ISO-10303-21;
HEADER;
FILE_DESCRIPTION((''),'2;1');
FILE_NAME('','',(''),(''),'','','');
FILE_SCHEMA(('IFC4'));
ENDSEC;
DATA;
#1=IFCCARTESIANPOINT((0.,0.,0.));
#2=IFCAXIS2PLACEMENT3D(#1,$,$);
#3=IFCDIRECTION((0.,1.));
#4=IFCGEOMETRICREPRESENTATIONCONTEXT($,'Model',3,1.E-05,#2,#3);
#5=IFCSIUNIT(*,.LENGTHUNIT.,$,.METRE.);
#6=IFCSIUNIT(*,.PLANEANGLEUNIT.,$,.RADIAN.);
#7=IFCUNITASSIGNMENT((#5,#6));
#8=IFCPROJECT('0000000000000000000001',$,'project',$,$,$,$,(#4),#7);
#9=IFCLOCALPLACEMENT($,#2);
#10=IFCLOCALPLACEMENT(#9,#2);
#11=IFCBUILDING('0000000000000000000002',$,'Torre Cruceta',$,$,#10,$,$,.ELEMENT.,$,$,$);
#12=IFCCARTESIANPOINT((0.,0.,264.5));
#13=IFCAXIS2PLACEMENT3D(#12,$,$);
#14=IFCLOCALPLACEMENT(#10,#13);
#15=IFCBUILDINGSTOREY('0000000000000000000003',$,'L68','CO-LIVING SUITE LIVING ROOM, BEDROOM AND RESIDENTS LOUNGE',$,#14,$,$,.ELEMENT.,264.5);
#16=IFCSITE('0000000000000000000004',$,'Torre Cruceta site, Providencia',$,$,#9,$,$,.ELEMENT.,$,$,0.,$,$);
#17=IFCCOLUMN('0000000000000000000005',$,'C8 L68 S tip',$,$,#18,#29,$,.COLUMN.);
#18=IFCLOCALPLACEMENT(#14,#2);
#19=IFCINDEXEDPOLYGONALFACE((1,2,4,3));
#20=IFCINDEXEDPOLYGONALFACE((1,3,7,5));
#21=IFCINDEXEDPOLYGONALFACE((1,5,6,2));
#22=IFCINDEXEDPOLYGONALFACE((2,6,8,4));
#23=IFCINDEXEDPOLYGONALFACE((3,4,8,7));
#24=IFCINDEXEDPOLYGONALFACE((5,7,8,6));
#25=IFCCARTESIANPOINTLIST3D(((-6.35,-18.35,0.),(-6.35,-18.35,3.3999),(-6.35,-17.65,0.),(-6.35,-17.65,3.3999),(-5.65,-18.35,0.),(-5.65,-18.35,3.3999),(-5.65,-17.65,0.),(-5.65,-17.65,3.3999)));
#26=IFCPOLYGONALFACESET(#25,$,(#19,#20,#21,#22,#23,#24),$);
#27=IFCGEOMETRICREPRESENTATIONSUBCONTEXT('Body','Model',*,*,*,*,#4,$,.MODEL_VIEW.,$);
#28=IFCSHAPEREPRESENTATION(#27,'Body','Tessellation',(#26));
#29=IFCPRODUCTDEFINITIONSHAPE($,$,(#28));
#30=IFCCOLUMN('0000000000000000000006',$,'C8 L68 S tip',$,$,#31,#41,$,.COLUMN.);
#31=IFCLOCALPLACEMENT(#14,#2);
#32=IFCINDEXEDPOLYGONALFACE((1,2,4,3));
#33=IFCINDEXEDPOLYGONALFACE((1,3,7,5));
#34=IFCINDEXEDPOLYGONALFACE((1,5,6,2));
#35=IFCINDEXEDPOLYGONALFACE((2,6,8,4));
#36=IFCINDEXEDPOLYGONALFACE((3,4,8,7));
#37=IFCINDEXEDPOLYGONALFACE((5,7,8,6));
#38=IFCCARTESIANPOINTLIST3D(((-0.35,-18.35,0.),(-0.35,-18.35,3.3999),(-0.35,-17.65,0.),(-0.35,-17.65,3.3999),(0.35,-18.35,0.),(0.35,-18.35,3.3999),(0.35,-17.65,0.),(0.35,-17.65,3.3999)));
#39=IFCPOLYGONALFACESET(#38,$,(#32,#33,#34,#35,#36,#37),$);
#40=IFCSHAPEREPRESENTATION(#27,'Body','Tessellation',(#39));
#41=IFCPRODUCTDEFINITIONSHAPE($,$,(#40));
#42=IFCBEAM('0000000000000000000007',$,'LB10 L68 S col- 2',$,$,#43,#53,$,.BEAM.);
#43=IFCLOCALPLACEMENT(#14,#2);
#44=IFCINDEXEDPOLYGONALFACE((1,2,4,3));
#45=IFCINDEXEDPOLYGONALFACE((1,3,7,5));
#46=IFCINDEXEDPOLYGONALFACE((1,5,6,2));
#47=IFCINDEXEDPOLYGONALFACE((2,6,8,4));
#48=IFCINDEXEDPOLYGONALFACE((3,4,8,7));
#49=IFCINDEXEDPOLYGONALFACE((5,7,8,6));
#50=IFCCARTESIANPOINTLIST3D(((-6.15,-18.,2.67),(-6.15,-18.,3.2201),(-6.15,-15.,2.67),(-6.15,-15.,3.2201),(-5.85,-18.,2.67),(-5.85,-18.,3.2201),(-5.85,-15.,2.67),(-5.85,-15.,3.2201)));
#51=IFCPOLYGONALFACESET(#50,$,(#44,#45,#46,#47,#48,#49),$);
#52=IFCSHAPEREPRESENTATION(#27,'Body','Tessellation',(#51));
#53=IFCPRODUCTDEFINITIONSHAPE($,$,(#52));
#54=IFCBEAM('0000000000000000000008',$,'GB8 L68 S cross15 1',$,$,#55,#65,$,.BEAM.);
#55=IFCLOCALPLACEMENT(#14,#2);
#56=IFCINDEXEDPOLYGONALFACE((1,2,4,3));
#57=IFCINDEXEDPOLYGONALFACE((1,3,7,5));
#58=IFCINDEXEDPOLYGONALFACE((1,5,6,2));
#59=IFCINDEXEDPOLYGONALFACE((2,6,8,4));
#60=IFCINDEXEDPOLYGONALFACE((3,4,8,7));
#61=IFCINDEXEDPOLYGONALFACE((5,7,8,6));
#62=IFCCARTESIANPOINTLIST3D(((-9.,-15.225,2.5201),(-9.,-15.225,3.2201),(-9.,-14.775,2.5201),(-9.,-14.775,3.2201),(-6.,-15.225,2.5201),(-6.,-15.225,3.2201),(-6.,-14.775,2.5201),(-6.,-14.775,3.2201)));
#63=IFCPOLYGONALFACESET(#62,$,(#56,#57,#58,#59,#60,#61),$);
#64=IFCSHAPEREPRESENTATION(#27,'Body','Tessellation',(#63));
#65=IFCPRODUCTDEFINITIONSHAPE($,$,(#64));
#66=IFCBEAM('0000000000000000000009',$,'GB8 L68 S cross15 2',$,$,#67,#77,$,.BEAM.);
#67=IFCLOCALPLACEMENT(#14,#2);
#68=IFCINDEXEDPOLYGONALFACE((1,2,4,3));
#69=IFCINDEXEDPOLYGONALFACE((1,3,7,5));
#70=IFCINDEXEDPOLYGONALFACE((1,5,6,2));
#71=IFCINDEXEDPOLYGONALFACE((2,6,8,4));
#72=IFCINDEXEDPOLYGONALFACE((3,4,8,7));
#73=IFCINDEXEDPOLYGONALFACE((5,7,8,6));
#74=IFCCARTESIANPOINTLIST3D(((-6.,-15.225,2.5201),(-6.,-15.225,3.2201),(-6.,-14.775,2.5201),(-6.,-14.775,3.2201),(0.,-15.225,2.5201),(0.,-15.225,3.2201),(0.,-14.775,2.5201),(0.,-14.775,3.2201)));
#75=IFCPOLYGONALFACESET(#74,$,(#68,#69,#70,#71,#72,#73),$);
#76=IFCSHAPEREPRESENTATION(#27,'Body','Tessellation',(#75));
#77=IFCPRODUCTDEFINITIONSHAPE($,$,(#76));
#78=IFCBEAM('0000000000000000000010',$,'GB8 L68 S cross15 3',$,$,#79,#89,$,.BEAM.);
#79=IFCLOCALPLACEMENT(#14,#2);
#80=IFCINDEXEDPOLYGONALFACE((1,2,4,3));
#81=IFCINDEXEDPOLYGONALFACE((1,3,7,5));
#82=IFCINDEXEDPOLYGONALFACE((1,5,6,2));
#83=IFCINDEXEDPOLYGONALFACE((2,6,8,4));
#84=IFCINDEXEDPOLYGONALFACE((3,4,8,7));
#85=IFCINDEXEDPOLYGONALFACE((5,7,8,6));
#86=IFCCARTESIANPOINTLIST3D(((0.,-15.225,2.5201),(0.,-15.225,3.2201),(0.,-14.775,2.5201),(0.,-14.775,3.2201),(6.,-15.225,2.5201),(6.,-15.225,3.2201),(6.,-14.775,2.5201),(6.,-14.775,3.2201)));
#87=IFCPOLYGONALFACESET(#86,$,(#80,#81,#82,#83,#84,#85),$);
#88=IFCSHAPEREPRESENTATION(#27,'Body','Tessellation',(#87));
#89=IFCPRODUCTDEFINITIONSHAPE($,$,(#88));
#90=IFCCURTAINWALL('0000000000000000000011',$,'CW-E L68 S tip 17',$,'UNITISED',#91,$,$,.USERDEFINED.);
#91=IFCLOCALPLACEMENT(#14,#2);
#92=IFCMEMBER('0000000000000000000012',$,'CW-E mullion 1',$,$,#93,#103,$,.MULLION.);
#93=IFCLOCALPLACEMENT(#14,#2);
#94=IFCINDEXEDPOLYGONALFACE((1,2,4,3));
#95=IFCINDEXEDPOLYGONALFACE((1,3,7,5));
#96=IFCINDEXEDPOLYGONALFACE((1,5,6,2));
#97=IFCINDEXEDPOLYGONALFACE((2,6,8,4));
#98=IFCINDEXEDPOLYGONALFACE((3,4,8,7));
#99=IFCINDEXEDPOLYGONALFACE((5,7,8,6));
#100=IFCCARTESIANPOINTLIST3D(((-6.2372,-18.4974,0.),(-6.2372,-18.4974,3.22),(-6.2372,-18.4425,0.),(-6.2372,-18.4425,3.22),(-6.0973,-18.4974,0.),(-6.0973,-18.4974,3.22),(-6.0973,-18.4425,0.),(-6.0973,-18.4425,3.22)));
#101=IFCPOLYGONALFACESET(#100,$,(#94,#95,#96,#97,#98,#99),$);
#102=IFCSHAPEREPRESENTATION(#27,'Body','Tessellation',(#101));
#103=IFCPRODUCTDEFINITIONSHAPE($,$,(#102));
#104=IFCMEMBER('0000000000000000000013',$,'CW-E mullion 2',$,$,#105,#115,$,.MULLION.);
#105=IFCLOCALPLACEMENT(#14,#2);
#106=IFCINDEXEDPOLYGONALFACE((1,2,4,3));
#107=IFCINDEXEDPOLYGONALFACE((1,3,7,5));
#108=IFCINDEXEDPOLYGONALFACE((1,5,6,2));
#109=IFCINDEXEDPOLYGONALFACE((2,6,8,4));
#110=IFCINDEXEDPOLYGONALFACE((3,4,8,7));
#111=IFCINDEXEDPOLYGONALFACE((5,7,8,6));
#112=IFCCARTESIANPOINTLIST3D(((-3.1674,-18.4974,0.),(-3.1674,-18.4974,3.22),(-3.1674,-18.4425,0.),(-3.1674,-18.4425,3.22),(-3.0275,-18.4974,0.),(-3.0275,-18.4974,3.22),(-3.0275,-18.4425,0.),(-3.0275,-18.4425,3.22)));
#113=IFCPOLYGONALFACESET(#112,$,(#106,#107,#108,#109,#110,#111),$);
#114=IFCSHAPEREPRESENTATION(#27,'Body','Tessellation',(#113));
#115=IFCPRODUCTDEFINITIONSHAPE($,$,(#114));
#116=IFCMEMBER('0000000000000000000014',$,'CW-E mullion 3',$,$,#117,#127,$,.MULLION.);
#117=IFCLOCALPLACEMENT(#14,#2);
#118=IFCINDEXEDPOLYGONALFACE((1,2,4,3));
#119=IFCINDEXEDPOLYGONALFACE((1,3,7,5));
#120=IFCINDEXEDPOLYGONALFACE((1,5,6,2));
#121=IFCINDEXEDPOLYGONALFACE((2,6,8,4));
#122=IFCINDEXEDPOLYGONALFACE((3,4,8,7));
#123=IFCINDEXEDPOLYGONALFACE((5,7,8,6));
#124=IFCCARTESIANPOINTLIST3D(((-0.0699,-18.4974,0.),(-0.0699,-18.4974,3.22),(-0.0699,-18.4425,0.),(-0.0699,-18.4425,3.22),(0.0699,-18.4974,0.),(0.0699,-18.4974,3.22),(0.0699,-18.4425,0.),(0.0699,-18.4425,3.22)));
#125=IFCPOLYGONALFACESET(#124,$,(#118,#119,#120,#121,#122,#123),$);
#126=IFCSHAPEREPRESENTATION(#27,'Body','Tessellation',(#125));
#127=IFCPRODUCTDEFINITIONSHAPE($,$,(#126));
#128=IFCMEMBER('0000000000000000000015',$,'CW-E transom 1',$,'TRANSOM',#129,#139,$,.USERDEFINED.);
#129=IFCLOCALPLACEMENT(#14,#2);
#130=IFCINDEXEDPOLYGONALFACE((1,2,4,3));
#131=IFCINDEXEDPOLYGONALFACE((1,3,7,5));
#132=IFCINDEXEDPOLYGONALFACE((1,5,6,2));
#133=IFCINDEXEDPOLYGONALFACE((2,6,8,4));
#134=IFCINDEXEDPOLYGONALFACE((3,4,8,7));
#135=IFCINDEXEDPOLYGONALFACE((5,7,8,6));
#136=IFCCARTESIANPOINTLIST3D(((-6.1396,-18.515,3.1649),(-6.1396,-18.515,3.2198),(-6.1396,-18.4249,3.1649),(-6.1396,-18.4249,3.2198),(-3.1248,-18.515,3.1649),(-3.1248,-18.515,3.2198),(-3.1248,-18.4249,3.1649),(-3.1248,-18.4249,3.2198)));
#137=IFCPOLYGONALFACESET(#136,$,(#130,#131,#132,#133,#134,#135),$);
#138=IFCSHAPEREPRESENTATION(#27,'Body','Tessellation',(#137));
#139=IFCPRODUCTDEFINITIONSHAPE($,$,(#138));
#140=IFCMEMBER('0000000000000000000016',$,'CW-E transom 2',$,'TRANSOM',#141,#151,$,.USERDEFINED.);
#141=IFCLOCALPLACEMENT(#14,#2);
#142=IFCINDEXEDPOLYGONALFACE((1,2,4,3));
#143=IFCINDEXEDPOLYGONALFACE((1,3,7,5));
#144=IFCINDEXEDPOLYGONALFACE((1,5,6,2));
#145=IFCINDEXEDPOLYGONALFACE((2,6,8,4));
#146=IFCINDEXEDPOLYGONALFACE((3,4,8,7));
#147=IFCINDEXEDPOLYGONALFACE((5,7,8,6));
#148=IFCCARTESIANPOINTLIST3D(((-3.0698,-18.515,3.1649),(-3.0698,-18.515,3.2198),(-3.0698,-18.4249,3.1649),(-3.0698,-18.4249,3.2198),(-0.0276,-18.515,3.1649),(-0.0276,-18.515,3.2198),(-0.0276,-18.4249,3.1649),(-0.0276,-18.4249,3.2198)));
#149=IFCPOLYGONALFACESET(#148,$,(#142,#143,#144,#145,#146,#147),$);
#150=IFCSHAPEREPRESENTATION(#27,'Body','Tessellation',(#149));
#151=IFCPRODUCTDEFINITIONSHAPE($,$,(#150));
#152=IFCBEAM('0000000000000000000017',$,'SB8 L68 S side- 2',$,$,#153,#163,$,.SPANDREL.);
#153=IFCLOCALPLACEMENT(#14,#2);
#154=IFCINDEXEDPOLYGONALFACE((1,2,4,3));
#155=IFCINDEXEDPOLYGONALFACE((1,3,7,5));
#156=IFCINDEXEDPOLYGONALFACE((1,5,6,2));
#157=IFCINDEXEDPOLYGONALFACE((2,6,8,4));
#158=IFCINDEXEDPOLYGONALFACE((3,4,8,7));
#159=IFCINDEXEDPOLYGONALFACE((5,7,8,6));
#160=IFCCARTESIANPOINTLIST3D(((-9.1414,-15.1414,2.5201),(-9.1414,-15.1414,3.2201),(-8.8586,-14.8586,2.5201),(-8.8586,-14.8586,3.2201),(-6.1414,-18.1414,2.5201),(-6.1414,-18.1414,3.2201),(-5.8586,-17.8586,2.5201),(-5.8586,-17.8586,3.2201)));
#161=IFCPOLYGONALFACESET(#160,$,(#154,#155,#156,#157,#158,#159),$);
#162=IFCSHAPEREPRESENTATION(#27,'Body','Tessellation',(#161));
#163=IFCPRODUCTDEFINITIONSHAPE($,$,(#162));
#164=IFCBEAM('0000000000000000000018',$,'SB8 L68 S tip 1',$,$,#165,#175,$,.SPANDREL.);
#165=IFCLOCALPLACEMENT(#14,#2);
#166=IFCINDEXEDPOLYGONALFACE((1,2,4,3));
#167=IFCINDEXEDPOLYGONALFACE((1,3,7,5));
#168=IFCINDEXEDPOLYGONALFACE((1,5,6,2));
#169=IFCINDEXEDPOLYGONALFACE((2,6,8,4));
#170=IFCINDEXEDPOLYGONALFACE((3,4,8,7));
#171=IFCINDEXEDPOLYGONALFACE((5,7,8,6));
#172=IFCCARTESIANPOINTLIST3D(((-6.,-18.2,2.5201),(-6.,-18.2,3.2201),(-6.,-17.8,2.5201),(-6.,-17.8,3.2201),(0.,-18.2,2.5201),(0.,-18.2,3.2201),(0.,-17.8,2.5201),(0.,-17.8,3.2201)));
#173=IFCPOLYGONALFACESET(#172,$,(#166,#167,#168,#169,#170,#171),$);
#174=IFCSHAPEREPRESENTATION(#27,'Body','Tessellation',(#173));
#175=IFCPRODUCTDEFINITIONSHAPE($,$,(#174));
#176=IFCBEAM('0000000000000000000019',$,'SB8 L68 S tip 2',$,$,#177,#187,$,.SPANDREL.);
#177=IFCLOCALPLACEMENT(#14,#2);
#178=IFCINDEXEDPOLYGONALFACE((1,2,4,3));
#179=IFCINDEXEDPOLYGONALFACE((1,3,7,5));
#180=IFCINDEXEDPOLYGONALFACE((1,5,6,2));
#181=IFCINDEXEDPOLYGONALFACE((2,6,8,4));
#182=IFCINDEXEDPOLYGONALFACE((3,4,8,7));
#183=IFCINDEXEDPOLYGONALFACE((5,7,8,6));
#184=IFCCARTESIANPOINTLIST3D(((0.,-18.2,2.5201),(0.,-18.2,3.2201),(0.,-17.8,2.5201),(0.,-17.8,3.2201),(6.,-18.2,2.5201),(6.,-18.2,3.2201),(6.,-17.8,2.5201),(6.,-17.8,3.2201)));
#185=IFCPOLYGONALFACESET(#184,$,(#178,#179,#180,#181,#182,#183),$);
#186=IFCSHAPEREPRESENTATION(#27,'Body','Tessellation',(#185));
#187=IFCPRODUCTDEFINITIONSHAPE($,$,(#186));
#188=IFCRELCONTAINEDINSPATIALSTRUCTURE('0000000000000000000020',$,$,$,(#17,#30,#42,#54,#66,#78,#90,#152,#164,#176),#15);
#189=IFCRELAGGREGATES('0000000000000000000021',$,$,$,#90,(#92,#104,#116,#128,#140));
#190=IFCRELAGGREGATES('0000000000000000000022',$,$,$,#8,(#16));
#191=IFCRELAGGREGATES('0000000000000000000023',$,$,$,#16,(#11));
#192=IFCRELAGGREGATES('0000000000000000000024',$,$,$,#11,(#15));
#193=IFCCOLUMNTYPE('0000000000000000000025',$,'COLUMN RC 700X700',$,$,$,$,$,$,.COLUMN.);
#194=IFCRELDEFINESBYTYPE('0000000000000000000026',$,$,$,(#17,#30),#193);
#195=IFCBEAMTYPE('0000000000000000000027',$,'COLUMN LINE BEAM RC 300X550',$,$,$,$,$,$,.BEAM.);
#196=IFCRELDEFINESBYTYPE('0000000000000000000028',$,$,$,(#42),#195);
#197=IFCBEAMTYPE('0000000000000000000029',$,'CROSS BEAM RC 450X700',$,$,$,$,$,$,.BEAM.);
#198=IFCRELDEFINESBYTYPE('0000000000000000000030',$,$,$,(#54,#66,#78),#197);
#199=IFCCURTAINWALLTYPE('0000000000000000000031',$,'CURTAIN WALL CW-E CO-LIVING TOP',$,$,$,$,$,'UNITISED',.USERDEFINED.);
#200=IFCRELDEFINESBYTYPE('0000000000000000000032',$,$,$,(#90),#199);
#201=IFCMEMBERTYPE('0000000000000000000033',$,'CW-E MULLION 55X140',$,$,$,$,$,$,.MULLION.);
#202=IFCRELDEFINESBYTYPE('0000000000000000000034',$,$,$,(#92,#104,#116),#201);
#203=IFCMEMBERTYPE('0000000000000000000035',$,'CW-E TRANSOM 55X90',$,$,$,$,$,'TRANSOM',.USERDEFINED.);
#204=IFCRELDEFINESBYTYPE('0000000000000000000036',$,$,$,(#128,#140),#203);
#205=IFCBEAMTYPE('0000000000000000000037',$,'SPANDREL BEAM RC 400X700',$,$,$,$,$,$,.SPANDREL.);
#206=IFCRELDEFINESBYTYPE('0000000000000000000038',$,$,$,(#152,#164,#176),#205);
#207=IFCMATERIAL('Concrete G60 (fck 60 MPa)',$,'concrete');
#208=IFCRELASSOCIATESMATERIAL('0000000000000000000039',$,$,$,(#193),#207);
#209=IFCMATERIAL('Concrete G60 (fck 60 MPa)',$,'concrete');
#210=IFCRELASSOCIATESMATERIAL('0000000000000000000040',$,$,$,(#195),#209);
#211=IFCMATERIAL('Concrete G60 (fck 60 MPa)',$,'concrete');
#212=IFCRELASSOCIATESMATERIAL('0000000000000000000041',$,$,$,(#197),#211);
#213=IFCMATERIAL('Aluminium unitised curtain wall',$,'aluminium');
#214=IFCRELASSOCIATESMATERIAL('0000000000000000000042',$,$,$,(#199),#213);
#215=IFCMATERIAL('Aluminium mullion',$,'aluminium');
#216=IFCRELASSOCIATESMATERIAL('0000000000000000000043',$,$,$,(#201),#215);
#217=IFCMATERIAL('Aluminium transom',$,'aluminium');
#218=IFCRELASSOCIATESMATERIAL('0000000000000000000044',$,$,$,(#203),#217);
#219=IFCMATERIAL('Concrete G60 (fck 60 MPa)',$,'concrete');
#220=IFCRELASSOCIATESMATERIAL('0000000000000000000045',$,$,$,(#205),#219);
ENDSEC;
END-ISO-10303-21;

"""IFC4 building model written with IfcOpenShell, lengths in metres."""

from ifc_helpers import new_model, si_unit, direction, frame, origin, origin_2d, place, context, subcontext, project, spatial, rectangle, extrude, material, material_profile, profile_set, type_object, element, aggregate, save


model = new_model("IFC4")

# Units and contexts
model_context = context("Model", 3, precision=1e-05, world=origin(), true_north=direction((0.0, 1.0)))
body_context = subcontext(model_context, "Body", "Model", "MODEL_VIEW")
ifc_project = project(units=[si_unit("LENGTHUNIT", "METRE"), si_unit("PLANEANGLEUNIT", "RADIAN")], contexts=[model_context])

# Site, building, storey
site_placement = place(None, origin())
site = spatial("IfcSite", under=ifc_project, at=site_placement, Name="Torre Cruceta site, Providencia", CompositionType="ELEMENT", RefElevation=0.0)
building_placement = place(site_placement, origin())
building = spatial("IfcBuilding", under=site, at=building_placement, Name="Torre Cruceta", CompositionType="ELEMENT")
storey_placement = place(building_placement, frame((0.0, 0.0, 264.5)))
storey = spatial("IfcBuildingStorey", under=building, at=storey_placement, Name="L68", Description="CO-LIVING SUITE LIVING ROOM, BEDROOM AND RESIDENTS LOUNGE", CompositionType="ELEMENT", Elevation=264.5)

# Columns
ifc_material_1 = material(Name="Concrete G60 (fck 60 MPa)", Category="concrete")
ifc_material_profile_1 = material_profile(ifc_material_1, rectangle(XDim=0.7, YDim=0.7, at=origin_2d()), Name="RC 700X700")
ifc_profile_set_1 = profile_set([ifc_material_profile_1], Name="Concrete G60 (fck 60 MPa)")
column_type = type_object("IfcColumnType", Name="COLUMN RC 700X700", PredefinedType="COLUMN", material=ifc_profile_set_1)
for number, where, z_axis, x_axis, name in (
    (1, (-6.0, -18.0, 0.0), (0.0, 0.0, 1.0), (1.0, 0.0, 0.0), "C8 L68 S tip"),
    (2, (0.0, -18.0, 0.0), (0.0, 0.0, 1.0), (1.0, 0.0, 0.0), "C8 L68 S tip"),
):
    element("IfcColumn", number, at=place(storey_placement, frame(where, z_axis=z_axis, x_axis=x_axis)), inside=storey, type_object=column_type, Name=name, PredefinedType="COLUMN", context=body_context, shape_type="SweptSolid", body=[
        extrude(rectangle(XDim=0.7, YDim=0.7, at=origin_2d()), origin(), (0.0, 0.0, 1.0), 3.3999),
    ])

# Beams
ifc_material_2 = material(Name="Concrete G60 (fck 60 MPa)", Category="concrete")
ifc_material_profile_2 = material_profile(ifc_material_2, rectangle(XDim=0.3, YDim=0.55, at=origin_2d()), Name="RC 300X550")
ifc_profile_set_2 = profile_set([ifc_material_profile_2], Name="Concrete G60 (fck 60 MPa)")
beam_type_1 = type_object("IfcBeamType", Name="COLUMN LINE BEAM RC 300X550", PredefinedType="BEAM", material=ifc_profile_set_2)
beam_1_placement = place(storey_placement, frame((-6.0, -15.0, 2.9451), z_axis=(0.0, -1.0, 0.0), x_axis=(1.0, 0.0, 0.0)))
element("IfcBeam", 3, at=beam_1_placement, inside=storey, type_object=beam_type_1, Name="LB10 L68 S col- 2", PredefinedType="BEAM", context=body_context, shape_type="SweptSolid", body=[
    extrude(rectangle(XDim=0.3, YDim=0.55, at=origin_2d()), origin(), (0.0, 0.0, 1.0), 3.0),
])
ifc_material_3 = material(Name="Concrete G60 (fck 60 MPa)", Category="concrete")
ifc_material_profile_3 = material_profile(ifc_material_3, rectangle(XDim=0.45, YDim=0.7, at=origin_2d()), Name="RC 450X700")
ifc_profile_set_3 = profile_set([ifc_material_profile_3], Name="Concrete G60 (fck 60 MPa)")
beam_type_2 = type_object("IfcBeamType", Name="CROSS BEAM RC 450X700", PredefinedType="BEAM", material=ifc_profile_set_3)
beam_2_placement = place(storey_placement, frame((-9.0, -15.0, 2.8701), z_axis=(1.0, 0.0, 0.0), x_axis=(0.0, 1.0, 0.0)))
element("IfcBeam", 4, at=beam_2_placement, inside=storey, type_object=beam_type_2, Name="GB8 L68 S cross15 1", PredefinedType="BEAM", context=body_context, shape_type="SweptSolid", body=[
    extrude(rectangle(XDim=0.45, YDim=0.7, at=origin_2d()), origin(), (0.0, 0.0, 1.0), 3.0),
])
for number, where, z_axis, x_axis, name in (
    (5, (-6.0, -15.0, 2.8701), (1.0, 0.0, 0.0), (0.0, 1.0, 0.0), "GB8 L68 S cross15 2"),
    (6, (0.0, -15.0, 2.8701), (1.0, 0.0, 0.0), (0.0, 1.0, 0.0), "GB8 L68 S cross15 3"),
):
    element("IfcBeam", number, at=place(storey_placement, frame(where, z_axis=z_axis, x_axis=x_axis)), inside=storey, type_object=beam_type_2, Name=name, PredefinedType="BEAM", context=body_context, shape_type="SweptSolid", body=[
        extrude(rectangle(XDim=0.45, YDim=0.7, at=origin_2d()), origin(), (0.0, 0.0, 1.0), 6.0),
    ])

# Curtain wall, members
ifc_material_4 = material(Name="Aluminium unitised curtain wall", Category="aluminium")
curtain_wall_type = type_object("IfcCurtainWallType", Name="CURTAIN WALL CW-E CO-LIVING TOP", ElementType="UNITISED", PredefinedType="USERDEFINED", material=ifc_material_4)
curtain_wall_placement = place(storey_placement, origin())
curtain_wall = element("IfcCurtainWall", 7, at=curtain_wall_placement, inside=storey, type_object=curtain_wall_type, Name="CW-E L68 S tip 17", ObjectType="UNITISED", PredefinedType="USERDEFINED")
ifc_material_5 = material(Name="Aluminium mullion", Category="aluminium")
ifc_material_profile_4 = material_profile(ifc_material_5, rectangle(XDim=0.0549, YDim=0.1399, at=origin_2d()), Name="AL 55X140")
ifc_profile_set_4 = profile_set([ifc_material_profile_4], Name="Aluminium mullion")
member_type_1 = type_object("IfcMemberType", Name="CW-E MULLION 55X140", PredefinedType="MULLION", material=ifc_profile_set_4)
member_1_placement = place(storey_placement, frame((-6.1672, -18.47, 0.0), z_axis=(0.0, 0.0, 1.0), x_axis=(0.0, 1.0, 0.0)))
member_1 = element("IfcMember", 8, at=member_1_placement, type_object=member_type_1, Name="CW-E mullion 1", PredefinedType="MULLION", context=body_context, shape_type="SweptSolid", body=[
    extrude(rectangle(XDim=0.0549, YDim=0.1399, at=origin_2d()), origin(), (0.0, 0.0, 1.0), 3.22),
])
member_2_placement = place(storey_placement, frame((-3.0974, -18.47, 0.0), z_axis=(0.0, 0.0, 1.0), x_axis=(0.0, 1.0, 0.0)))
member_2 = element("IfcMember", 9, at=member_2_placement, type_object=member_type_1, Name="CW-E mullion 2", PredefinedType="MULLION", context=body_context, shape_type="SweptSolid", body=[
    extrude(rectangle(XDim=0.0549, YDim=0.1399, at=origin_2d()), origin(), (0.0, 0.0, 1.0), 3.22),
])
member_3_placement = place(storey_placement, frame((0.0, -18.47, 0.0), z_axis=(0.0, 0.0, 1.0), x_axis=(0.0, 1.0, 0.0)))
member_3 = element("IfcMember", 10, at=member_3_placement, type_object=member_type_1, Name="CW-E mullion 3", PredefinedType="MULLION", context=body_context, shape_type="SweptSolid", body=[
    extrude(rectangle(XDim=0.0549, YDim=0.1399, at=origin_2d()), origin(), (0.0, 0.0, 1.0), 3.22),
])
ifc_material_6 = material(Name="Aluminium transom", Category="aluminium")
ifc_material_profile_5 = material_profile(ifc_material_6, rectangle(XDim=0.0901, YDim=0.0549, at=origin_2d()), Name="AL 90X55")
ifc_profile_set_5 = profile_set([ifc_material_profile_5], Name="Aluminium transom")
member_type_2 = type_object("IfcMemberType", Name="CW-E TRANSOM 55X90", ElementType="TRANSOM", PredefinedType="USERDEFINED", material=ifc_profile_set_5)
member_4_placement = place(storey_placement, frame((-6.1396, -18.47, 3.1924), z_axis=(1.0, 0.0, 0.0), x_axis=(0.0, 1.0, 0.0)))
member_4 = element("IfcMember", 11, at=member_4_placement, type_object=member_type_2, Name="CW-E transom 1", ObjectType="TRANSOM", PredefinedType="USERDEFINED", context=body_context, shape_type="SweptSolid", body=[
    extrude(rectangle(XDim=0.0901, YDim=0.0549, at=origin_2d()), origin(), (0.0, 0.0, 1.0), 3.0149),
])
member_5_placement = place(storey_placement, frame((-3.0698, -18.47, 3.1924), z_axis=(1.0, 0.0, 0.0), x_axis=(0.0, 1.0, 0.0)))
member_5 = element("IfcMember", 12, at=member_5_placement, type_object=member_type_2, Name="CW-E transom 2", ObjectType="TRANSOM", PredefinedType="USERDEFINED", context=body_context, shape_type="SweptSolid", body=[
    extrude(rectangle(XDim=0.0901, YDim=0.0549, at=origin_2d()), origin(), (0.0, 0.0, 1.0), 3.0422),
])

# Beams
ifc_material_7 = material(Name="Concrete G60 (fck 60 MPa)", Category="concrete")
ifc_material_profile_6 = material_profile(ifc_material_7, rectangle(XDim=0.3999, YDim=0.7, at=origin_2d()), Name="RC 400X700")
ifc_profile_set_6 = profile_set([ifc_material_profile_6], Name="Concrete G60 (fck 60 MPa)")
beam_type_3 = type_object("IfcBeamType", Name="SPANDREL BEAM RC 400X700", PredefinedType="SPANDREL", material=ifc_profile_set_6)
beam_3_placement = place(storey_placement, frame((-9.0, -15.0, 2.8701), z_axis=(0.707107, -0.707107, 0.0), x_axis=(0.707107, 0.707107, 0.0)))
element("IfcBeam", 13, at=beam_3_placement, inside=storey, type_object=beam_type_3, Name="SB8 L68 S side- 2", PredefinedType="SPANDREL", context=body_context, shape_type="SweptSolid", body=[
    extrude(rectangle(XDim=0.3999, YDim=0.7, at=origin_2d()), origin(), (0.0, 0.0, 1.0), 4.2427),
])
for number, where, z_axis, x_axis, name in (
    (14, (-6.0, -18.0, 2.8701), (1.0, 0.0, 0.0), (0.0, 1.0, 0.0), "SB8 L68 S tip 1"),
    (15, (0.0, -18.0, 2.8701), (1.0, 0.0, 0.0), (0.0, 1.0, 0.0), "SB8 L68 S tip 2"),
):
    element("IfcBeam", number, at=place(storey_placement, frame(where, z_axis=z_axis, x_axis=x_axis)), inside=storey, type_object=beam_type_3, Name=name, PredefinedType="SPANDREL", context=body_context, shape_type="SweptSolid", body=[
        extrude(rectangle(XDim=0.3999, YDim=0.7, at=origin_2d()), origin(), (0.0, 0.0, 1.0), 6.0),
    ])

aggregate(curtain_wall, [member_1, member_2, member_3, member_4, member_5])

save(model, "model.ifc")
